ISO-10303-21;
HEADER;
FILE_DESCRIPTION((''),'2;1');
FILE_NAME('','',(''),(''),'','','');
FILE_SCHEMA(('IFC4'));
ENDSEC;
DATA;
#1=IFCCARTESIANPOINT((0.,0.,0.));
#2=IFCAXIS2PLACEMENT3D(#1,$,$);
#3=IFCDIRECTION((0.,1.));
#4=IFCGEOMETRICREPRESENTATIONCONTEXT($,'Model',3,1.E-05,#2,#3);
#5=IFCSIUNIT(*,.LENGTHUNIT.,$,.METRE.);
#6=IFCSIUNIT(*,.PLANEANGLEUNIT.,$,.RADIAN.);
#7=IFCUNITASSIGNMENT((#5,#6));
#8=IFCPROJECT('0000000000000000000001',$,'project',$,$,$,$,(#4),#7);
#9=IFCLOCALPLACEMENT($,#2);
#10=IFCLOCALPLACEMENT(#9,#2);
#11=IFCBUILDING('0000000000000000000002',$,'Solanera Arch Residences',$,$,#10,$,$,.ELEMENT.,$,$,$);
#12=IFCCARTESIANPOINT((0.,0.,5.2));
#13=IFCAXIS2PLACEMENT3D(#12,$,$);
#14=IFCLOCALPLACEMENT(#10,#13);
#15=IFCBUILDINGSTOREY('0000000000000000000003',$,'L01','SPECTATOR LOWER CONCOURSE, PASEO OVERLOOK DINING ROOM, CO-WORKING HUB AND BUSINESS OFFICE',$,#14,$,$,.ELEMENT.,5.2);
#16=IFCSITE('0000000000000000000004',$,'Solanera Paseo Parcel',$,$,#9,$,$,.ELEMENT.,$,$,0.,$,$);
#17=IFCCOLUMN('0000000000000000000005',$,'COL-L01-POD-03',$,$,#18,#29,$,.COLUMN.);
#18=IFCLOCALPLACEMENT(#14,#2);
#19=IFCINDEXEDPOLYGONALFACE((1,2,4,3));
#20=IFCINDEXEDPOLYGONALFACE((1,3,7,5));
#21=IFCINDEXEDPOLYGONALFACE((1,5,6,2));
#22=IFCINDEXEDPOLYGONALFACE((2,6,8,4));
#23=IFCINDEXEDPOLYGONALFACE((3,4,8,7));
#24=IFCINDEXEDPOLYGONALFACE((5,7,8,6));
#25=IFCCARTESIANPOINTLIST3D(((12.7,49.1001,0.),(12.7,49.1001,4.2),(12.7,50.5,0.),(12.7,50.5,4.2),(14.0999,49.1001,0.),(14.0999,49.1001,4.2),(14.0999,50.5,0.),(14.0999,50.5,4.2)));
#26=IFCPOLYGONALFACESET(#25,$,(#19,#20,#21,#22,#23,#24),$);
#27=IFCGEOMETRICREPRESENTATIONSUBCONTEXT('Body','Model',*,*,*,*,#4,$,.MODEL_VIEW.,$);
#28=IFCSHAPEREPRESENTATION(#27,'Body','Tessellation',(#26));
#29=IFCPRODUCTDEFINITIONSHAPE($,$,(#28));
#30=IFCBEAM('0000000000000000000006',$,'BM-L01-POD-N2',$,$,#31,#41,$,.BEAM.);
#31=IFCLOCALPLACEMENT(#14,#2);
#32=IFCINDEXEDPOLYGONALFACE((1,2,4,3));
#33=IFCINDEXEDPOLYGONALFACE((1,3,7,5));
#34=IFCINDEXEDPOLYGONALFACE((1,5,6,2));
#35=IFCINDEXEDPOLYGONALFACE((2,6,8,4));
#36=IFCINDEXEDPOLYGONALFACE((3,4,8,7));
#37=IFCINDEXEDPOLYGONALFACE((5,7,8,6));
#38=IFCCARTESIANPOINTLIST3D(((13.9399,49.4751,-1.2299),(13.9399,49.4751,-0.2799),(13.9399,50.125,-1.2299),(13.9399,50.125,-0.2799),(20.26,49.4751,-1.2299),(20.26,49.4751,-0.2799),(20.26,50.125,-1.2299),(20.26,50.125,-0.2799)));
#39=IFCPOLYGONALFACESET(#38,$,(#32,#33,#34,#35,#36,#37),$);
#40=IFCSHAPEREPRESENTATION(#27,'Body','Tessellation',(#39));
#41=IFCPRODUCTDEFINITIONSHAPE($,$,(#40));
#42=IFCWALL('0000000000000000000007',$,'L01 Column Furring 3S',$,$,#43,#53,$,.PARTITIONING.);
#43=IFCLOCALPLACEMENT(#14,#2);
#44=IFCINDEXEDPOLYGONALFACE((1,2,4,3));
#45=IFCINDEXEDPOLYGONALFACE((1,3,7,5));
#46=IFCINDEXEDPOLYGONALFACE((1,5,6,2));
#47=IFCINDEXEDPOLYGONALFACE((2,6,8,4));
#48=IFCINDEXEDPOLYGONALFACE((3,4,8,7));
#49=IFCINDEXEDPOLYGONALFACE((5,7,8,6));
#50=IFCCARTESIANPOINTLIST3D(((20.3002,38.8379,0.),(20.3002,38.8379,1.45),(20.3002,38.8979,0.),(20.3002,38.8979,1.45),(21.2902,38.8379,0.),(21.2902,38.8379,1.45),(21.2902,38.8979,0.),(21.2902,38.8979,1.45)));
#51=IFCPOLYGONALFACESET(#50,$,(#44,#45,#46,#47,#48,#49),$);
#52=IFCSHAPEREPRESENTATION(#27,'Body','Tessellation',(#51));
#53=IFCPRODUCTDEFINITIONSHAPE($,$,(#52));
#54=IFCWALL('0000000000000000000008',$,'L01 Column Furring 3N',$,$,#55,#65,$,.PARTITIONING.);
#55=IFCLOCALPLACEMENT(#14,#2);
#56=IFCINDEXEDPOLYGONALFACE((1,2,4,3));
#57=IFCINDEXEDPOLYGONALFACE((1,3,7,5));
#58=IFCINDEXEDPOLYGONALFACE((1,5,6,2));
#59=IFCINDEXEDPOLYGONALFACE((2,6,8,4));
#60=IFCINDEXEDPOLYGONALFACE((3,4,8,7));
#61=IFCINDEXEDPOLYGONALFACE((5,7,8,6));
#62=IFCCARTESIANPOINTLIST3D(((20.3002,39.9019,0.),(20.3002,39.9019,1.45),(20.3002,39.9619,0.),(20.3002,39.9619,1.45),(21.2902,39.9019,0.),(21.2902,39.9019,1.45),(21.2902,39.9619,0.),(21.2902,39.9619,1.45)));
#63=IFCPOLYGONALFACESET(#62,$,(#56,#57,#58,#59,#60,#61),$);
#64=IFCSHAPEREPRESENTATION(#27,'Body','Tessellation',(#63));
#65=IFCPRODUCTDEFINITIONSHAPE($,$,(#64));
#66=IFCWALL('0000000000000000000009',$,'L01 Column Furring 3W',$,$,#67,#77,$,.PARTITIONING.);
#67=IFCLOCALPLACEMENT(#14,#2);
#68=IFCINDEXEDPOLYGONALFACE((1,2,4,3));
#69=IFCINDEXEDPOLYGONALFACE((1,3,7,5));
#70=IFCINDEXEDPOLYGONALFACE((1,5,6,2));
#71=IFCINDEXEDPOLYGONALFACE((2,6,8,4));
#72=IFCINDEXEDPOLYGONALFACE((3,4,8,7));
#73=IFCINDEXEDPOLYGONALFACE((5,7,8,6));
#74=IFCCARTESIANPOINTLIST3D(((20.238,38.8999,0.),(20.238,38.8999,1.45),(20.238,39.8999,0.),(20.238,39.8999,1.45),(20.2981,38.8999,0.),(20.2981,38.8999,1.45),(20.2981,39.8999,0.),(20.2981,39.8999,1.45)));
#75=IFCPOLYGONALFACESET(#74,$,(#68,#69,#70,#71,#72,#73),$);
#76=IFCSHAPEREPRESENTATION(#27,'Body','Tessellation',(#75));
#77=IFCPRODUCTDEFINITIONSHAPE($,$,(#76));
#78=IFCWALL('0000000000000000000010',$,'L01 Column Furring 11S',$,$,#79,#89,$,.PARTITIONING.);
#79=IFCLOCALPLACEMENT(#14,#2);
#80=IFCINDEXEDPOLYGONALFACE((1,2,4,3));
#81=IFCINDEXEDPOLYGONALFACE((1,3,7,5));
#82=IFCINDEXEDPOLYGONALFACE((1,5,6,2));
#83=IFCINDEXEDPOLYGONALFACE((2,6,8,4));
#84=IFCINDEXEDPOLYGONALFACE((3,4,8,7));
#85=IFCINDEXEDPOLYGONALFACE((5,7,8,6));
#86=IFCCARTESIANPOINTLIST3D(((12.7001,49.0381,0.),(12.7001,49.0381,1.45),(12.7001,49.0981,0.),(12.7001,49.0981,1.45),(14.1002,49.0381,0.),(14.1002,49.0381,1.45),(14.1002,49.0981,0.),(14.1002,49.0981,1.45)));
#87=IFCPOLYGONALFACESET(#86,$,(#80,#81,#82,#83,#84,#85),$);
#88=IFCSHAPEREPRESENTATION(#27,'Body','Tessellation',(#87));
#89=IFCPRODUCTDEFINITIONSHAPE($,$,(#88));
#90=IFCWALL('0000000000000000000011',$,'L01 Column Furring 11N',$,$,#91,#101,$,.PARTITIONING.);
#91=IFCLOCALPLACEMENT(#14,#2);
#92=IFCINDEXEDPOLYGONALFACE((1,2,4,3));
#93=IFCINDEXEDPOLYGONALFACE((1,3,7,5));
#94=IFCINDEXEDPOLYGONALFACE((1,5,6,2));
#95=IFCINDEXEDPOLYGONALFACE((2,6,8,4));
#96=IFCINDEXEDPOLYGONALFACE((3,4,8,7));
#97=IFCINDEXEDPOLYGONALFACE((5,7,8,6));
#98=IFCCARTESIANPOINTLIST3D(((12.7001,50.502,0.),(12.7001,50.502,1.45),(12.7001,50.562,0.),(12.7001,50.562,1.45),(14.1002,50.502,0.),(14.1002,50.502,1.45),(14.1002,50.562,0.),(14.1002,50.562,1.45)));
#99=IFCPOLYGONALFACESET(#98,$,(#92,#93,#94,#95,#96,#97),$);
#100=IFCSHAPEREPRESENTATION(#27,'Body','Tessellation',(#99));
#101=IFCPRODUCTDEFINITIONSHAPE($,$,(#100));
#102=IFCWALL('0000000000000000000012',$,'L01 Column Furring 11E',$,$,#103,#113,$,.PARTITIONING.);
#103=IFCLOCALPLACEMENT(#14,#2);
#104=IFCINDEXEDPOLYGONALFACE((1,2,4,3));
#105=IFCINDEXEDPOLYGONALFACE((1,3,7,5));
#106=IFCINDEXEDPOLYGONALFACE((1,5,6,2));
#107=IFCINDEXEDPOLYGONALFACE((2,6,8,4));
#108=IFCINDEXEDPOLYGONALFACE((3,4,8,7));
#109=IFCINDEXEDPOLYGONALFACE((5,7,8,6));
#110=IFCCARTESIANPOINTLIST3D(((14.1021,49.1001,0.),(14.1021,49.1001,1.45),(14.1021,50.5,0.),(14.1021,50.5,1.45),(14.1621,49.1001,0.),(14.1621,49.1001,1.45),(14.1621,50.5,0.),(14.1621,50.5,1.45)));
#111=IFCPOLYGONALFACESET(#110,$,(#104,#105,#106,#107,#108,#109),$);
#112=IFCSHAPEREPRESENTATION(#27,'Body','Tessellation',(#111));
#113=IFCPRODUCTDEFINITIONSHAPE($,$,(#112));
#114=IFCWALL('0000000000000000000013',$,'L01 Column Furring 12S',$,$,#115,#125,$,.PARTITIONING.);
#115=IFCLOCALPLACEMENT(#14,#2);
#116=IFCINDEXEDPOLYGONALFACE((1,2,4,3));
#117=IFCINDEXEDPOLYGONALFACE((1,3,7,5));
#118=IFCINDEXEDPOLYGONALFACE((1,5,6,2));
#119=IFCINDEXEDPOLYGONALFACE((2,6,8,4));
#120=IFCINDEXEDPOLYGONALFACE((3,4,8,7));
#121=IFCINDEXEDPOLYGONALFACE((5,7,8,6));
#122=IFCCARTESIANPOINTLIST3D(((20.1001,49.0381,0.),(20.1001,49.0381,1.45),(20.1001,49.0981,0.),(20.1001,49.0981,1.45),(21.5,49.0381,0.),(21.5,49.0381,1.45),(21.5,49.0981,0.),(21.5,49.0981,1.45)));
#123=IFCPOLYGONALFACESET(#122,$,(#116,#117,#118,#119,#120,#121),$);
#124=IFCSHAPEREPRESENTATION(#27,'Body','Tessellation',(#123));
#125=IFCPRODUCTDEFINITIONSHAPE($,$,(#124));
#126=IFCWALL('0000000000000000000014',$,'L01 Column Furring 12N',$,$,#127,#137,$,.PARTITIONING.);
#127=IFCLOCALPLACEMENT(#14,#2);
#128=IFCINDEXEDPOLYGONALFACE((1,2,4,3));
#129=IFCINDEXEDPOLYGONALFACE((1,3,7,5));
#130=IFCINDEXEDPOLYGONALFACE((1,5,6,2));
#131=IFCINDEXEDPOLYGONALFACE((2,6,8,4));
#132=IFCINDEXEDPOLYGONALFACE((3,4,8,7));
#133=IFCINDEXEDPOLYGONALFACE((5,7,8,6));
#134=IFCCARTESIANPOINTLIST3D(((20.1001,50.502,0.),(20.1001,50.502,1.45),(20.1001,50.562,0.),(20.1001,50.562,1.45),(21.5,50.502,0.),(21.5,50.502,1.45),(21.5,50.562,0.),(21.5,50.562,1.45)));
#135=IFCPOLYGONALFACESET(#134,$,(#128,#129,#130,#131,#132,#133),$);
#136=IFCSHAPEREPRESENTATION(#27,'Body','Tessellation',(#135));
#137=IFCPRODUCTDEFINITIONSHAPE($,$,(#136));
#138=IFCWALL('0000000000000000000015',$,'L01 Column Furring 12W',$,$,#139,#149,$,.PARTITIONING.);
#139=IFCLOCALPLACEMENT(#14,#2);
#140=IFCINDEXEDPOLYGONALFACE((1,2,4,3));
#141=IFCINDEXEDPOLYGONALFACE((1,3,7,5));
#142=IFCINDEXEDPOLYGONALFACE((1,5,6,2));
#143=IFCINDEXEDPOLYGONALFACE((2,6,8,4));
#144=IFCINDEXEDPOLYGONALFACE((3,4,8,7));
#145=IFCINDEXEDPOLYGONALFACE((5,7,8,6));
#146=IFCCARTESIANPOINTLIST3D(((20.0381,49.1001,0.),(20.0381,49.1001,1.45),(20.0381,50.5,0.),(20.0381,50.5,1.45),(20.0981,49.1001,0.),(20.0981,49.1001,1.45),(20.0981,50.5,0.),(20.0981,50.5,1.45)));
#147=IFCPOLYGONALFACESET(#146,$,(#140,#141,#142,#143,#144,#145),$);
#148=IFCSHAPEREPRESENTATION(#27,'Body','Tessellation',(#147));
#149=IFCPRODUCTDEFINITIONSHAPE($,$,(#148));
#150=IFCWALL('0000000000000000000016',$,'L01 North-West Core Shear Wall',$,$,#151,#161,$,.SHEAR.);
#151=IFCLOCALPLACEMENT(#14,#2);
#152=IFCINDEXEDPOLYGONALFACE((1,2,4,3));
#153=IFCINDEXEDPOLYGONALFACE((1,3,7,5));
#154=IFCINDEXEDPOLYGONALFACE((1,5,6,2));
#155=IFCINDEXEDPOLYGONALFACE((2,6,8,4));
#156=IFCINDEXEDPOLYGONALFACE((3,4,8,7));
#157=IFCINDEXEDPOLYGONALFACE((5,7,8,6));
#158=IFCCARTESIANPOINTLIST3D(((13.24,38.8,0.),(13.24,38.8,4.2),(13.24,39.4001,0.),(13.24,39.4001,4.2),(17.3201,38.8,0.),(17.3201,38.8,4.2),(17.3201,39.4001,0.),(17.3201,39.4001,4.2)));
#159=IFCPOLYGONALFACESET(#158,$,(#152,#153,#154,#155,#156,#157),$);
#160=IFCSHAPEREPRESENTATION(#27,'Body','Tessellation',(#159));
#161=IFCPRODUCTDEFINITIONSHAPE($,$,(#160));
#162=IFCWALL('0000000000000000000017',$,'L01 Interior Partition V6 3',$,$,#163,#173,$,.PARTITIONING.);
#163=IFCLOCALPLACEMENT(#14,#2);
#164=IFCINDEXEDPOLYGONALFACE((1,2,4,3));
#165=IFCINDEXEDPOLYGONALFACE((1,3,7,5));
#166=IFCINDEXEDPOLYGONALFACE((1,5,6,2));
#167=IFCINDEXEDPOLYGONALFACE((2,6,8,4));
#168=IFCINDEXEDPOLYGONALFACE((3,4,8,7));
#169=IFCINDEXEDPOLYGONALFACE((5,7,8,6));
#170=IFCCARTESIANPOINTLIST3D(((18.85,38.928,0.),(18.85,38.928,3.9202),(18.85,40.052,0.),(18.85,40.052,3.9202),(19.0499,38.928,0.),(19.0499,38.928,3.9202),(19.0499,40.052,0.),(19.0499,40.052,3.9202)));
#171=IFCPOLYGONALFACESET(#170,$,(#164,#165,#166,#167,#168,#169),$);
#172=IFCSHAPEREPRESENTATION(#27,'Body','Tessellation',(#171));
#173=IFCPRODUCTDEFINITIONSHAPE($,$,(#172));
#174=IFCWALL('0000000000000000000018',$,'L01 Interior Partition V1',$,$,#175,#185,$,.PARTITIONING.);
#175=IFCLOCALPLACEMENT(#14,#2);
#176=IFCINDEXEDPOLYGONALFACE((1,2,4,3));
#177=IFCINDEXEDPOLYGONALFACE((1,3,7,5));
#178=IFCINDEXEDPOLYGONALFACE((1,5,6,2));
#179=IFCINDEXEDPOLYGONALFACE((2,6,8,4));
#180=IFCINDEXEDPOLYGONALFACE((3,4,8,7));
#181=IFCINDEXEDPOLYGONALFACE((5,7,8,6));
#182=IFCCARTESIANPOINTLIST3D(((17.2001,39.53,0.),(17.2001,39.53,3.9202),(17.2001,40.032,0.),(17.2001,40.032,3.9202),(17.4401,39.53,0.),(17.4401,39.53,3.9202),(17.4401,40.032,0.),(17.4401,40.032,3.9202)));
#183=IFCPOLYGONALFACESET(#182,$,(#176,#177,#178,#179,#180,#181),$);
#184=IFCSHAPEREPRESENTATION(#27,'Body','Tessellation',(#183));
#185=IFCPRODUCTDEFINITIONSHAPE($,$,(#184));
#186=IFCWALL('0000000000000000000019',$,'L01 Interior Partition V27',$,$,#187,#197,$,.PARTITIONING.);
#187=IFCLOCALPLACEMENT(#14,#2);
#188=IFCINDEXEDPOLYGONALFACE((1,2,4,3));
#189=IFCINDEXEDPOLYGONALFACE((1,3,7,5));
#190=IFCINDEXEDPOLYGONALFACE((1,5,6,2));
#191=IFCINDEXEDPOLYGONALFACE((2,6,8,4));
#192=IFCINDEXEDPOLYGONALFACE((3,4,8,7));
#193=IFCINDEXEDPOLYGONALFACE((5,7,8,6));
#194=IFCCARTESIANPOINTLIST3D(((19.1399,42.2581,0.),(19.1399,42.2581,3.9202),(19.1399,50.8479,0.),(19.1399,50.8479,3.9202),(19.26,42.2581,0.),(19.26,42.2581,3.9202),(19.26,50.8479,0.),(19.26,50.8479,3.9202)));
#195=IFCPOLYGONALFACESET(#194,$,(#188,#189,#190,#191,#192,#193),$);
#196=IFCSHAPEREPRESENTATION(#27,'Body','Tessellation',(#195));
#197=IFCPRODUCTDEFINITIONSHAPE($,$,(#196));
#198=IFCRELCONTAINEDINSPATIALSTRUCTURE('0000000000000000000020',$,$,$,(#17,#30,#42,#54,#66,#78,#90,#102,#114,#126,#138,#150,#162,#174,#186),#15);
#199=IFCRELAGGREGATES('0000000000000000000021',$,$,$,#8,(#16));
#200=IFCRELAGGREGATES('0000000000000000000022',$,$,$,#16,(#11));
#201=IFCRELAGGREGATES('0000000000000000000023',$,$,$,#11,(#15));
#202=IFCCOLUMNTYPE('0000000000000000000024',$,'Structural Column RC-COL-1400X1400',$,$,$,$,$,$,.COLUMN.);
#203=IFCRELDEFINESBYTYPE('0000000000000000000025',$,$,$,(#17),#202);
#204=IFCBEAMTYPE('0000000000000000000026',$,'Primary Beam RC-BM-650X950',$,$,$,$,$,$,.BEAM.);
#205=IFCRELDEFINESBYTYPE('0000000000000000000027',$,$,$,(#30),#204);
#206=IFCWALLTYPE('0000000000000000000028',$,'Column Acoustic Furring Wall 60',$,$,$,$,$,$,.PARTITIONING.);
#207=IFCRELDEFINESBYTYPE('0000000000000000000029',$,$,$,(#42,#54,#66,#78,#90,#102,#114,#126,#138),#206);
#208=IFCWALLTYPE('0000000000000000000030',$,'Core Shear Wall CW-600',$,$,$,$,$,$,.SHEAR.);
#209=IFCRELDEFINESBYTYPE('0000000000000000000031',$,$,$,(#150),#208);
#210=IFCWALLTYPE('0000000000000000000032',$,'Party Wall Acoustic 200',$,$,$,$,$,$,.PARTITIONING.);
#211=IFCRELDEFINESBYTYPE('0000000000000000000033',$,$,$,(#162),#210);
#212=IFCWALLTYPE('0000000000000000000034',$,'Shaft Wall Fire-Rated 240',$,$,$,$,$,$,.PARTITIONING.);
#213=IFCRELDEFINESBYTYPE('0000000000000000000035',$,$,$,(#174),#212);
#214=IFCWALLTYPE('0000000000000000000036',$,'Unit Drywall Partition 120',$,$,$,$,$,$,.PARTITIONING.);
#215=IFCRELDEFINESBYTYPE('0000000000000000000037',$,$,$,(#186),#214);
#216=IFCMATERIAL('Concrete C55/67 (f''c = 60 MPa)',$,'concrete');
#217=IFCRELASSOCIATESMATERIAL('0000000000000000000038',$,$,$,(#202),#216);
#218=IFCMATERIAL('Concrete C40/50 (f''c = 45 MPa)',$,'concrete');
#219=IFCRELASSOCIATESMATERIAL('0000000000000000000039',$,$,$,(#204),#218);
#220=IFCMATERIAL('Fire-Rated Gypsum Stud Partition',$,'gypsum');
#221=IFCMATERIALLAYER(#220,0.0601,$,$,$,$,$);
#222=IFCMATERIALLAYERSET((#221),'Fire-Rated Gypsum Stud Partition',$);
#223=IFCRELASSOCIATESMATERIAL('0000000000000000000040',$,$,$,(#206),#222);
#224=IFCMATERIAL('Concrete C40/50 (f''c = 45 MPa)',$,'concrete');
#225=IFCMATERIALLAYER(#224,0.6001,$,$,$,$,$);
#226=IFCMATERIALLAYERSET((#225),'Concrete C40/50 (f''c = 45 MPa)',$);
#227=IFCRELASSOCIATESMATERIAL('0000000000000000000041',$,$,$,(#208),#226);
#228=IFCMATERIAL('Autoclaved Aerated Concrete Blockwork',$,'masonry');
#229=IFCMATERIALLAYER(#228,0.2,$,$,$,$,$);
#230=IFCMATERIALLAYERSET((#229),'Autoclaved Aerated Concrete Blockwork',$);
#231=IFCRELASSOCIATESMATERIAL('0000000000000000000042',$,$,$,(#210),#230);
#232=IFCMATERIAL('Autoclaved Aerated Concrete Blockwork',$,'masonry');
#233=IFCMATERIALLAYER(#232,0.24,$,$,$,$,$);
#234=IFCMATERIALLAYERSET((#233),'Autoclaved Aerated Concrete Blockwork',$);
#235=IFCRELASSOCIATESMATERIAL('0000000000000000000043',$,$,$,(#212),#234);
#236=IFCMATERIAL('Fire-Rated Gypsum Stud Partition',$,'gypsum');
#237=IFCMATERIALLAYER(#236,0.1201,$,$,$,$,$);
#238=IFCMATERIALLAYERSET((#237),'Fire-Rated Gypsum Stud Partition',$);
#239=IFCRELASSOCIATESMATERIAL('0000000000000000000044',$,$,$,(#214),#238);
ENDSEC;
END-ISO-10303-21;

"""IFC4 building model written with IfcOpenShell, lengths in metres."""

from ifc_helpers import new_model, si_unit, direction, frame, frame_2d, origin, origin_2d, place, context, subcontext, project, spatial, rectangle, extrude, material, layer, layer_set, material_profile, profile_set, type_object, element, save


model = new_model("IFC4")

# Units and contexts
model_context = context("Model", 3, precision=1e-05, world=origin(), true_north=direction((0.0, 1.0)))
body_context = subcontext(model_context, "Body", "Model", "MODEL_VIEW")
ifc_project = project(units=[si_unit("LENGTHUNIT", "METRE"), si_unit("PLANEANGLEUNIT", "RADIAN")], contexts=[model_context])

# Site, building, storey
site_placement = place(None, origin())
site = spatial("IfcSite", under=ifc_project, at=site_placement, Name="Solanera Paseo Parcel", CompositionType="ELEMENT", RefElevation=0.0)
building_placement = place(site_placement, origin())
building = spatial("IfcBuilding", under=site, at=building_placement, Name="Solanera Arch Residences", CompositionType="ELEMENT")
storey_placement = place(building_placement, frame((0.0, 0.0, 5.2)))
storey = spatial("IfcBuildingStorey", under=building, at=storey_placement, Name="L01", Description="SPECTATOR LOWER CONCOURSE, PASEO OVERLOOK DINING ROOM, CO-WORKING HUB AND BUSINESS OFFICE", CompositionType="ELEMENT", Elevation=5.2)

# Column
ifc_material_1 = material(Name="Concrete C55/67 (f'c = 60 MPa)", Category="concrete")
ifc_material_profile_1 = material_profile(ifc_material_1, rectangle(XDim=1.3999, YDim=1.3999, at=origin_2d()))
ifc_profile_set_1 = profile_set([ifc_material_profile_1], Name="Concrete C55/67 (f'c = 60 MPa)")
column_type = type_object("IfcColumnType", Name="Structural Column RC-COL-1400X1400", PredefinedType="COLUMN", material=ifc_profile_set_1)
column_placement = place(storey_placement, frame((13.3999, 49.8, 0.0), z_axis=(0.0, 0.0, 1.0), x_axis=(1.0, 0.0, 0.0)))
element("IfcColumn", 1, at=column_placement, inside=storey, type_object=column_type, Name="COL-L01-POD-03", PredefinedType="COLUMN", context=body_context, shape_type="SweptSolid", body=[
    extrude(rectangle(XDim=1.3999, YDim=1.3999, at=origin_2d()), origin(), (0.0, 0.0, 1.0), 4.2),
])

# Beam
ifc_material_2 = material(Name="Concrete C40/50 (f'c = 45 MPa)", Category="concrete")
ifc_material_profile_2 = material_profile(ifc_material_2, rectangle(XDim=0.6499, YDim=0.95, at=origin_2d()))
ifc_profile_set_2 = profile_set([ifc_material_profile_2], Name="Concrete C40/50 (f'c = 45 MPa)")
beam_type = type_object("IfcBeamType", Name="Primary Beam RC-BM-650X950", PredefinedType="BEAM", material=ifc_profile_set_2)
beam_placement = place(storey_placement, frame((13.9399, 49.8, -0.7549), z_axis=(1.0, 0.0, 0.0), x_axis=(0.0, 1.0, 0.0)))
element("IfcBeam", 2, at=beam_placement, inside=storey, type_object=beam_type, Name="BM-L01-POD-N2", PredefinedType="BEAM", context=body_context, shape_type="SweptSolid", body=[
    extrude(rectangle(XDim=0.6499, YDim=0.95, at=origin_2d()), origin(), (0.0, 0.0, 1.0), 6.3201),
])

# Walls
ifc_material_3 = material(Name="Fire-Rated Gypsum Stud Partition", Category="gypsum")
ifc_layer_1 = layer(ifc_material_3, 0.0601)
ifc_layer_set_1 = layer_set([ifc_layer_1], Name="Fire-Rated Gypsum Stud Partition")
wall_type_1 = type_object("IfcWallType", Name="Column Acoustic Furring Wall 60", PredefinedType="PARTITIONING", material=ifc_layer_set_1)
for number, where, z_axis, x_axis, name in (
    (3, (20.3, 38.8679, 0.0), (0.0, 0.0, 1.0), (1.0, 0.0, 0.0), "L01 Column Furring 3S"),
    (4, (20.3, 39.9319, 0.0), (0.0, 0.0, 1.0), (1.0, 0.0, 0.0), "L01 Column Furring 3N"),
):
    element("IfcWall", number, at=place(storey_placement, frame(where, z_axis=z_axis, x_axis=x_axis)), inside=storey, type_object=wall_type_1, Name=name, PredefinedType="PARTITIONING", context=body_context, shape_type="SweptSolid", body=[
        extrude(rectangle(XDim=0.99, YDim=0.0601, at=frame_2d((0.4951, 0.0))), origin(), (0.0, 0.0, 1.0), 1.45),
    ])
wall_1_placement = place(storey_placement, frame((20.2681, 38.8999, 0.0), z_axis=(0.0, 0.0, 1.0), x_axis=(0.0, 1.0, 0.0)))
element("IfcWall", 5, at=wall_1_placement, inside=storey, type_object=wall_type_1, Name="L01 Column Furring 3W", PredefinedType="PARTITIONING", context=body_context, shape_type="SweptSolid", body=[
    extrude(rectangle(XDim=1.0, YDim=0.0601, at=frame_2d((0.5, 0.0))), origin(), (0.0, 0.0, 1.0), 1.45),
])
for number, where, z_axis, x_axis, name in (
    (6, (12.7, 49.0681, 0.0), (0.0, 0.0, 1.0), (1.0, 0.0, 0.0), "L01 Column Furring 11S"),
    (7, (12.7, 50.532, 0.0), (0.0, 0.0, 1.0), (1.0, 0.0, 0.0), "L01 Column Furring 11N"),
):
    element("IfcWall", number, at=place(storey_placement, frame(where, z_axis=z_axis, x_axis=x_axis)), inside=storey, type_object=wall_type_1, Name=name, PredefinedType="PARTITIONING", context=body_context, shape_type="SweptSolid", body=[
        extrude(rectangle(XDim=1.4001, YDim=0.0601, at=frame_2d((0.7002, 0.0))), origin(), (0.0, 0.0, 1.0), 1.45),
    ])
for number, where, z_axis, x_axis, name in (
    (8, (14.1321, 49.1001, 0.0), (0.0, 0.0, 1.0), (0.0, 1.0, 0.0), "L01 Column Furring 11E"),
    (9, (20.1001, 49.0681, 0.0), (0.0, 0.0, 1.0), (1.0, 0.0, 0.0), "L01 Column Furring 12S"),
    (10, (20.1001, 50.532, 0.0), (0.0, 0.0, 1.0), (1.0, 0.0, 0.0), "L01 Column Furring 12N"),
    (11, (20.0681, 49.1001, 0.0), (0.0, 0.0, 1.0), (0.0, 1.0, 0.0), "L01 Column Furring 12W"),
):
    element("IfcWall", number, at=place(storey_placement, frame(where, z_axis=z_axis, x_axis=x_axis)), inside=storey, type_object=wall_type_1, Name=name, PredefinedType="PARTITIONING", context=body_context, shape_type="SweptSolid", body=[
        extrude(rectangle(XDim=1.3999, YDim=0.0601, at=frame_2d((0.7, 0.0))), origin(), (0.0, 0.0, 1.0), 1.45),
    ])
ifc_material_4 = material(Name="Concrete C40/50 (f'c = 45 MPa)", Category="concrete")
ifc_layer_2 = layer(ifc_material_4, 0.6001)
ifc_layer_set_2 = layer_set([ifc_layer_2], Name="Concrete C40/50 (f'c = 45 MPa)")
wall_type_2 = type_object("IfcWallType", Name="Core Shear Wall CW-600", PredefinedType="SHEAR", material=ifc_layer_set_2)
wall_2_placement = place(storey_placement, frame((13.24, 39.1001, 0.0), z_axis=(0.0, 0.0, 1.0), x_axis=(1.0, 0.0, 0.0)))
element("IfcWall", 12, at=wall_2_placement, inside=storey, type_object=wall_type_2, Name="L01 North-West Core Shear Wall", PredefinedType="SHEAR", context=body_context, shape_type="SweptSolid", body=[
    extrude(rectangle(XDim=4.0801, YDim=0.6001, at=frame_2d((2.04, 0.0))), origin(), (0.0, 0.0, 1.0), 4.2),
])
ifc_material_5 = material(Name="Autoclaved Aerated Concrete Blockwork", Category="masonry")
ifc_layer_3 = layer(ifc_material_5, 0.2)
ifc_layer_set_3 = layer_set([ifc_layer_3], Name="Autoclaved Aerated Concrete Blockwork")
wall_type_3 = type_object("IfcWallType", Name="Party Wall Acoustic 200", PredefinedType="PARTITIONING", material=ifc_layer_set_3)
wall_3_placement = place(storey_placement, frame((18.95, 38.928, 0.0), z_axis=(0.0, 0.0, 1.0), x_axis=(0.0, 1.0, 0.0)))
element("IfcWall", 13, at=wall_3_placement, inside=storey, type_object=wall_type_3, Name="L01 Interior Partition V6 3", PredefinedType="PARTITIONING", context=body_context, shape_type="SweptSolid", body=[
    extrude(rectangle(XDim=1.124, YDim=0.2, at=frame_2d((0.562, 0.0))), origin(), (0.0, 0.0, 1.0), 3.9202),
])
ifc_material_6 = material(Name="Autoclaved Aerated Concrete Blockwork", Category="masonry")
ifc_layer_4 = layer(ifc_material_6, 0.24)
ifc_layer_set_4 = layer_set([ifc_layer_4], Name="Autoclaved Aerated Concrete Blockwork")
wall_type_4 = type_object("IfcWallType", Name="Shaft Wall Fire-Rated 240", PredefinedType="PARTITIONING", material=ifc_layer_set_4)
wall_4_placement = place(storey_placement, frame((17.3201, 39.53, 0.0), z_axis=(0.0, 0.0, 1.0), x_axis=(0.0, 1.0, 0.0)))
element("IfcWall", 14, at=wall_4_placement, inside=storey, type_object=wall_type_4, Name="L01 Interior Partition V1", PredefinedType="PARTITIONING", context=body_context, shape_type="SweptSolid", body=[
    extrude(rectangle(XDim=0.502, YDim=0.24, at=frame_2d((0.251, 0.0))), origin(), (0.0, 0.0, 1.0), 3.9202),
])
ifc_material_7 = material(Name="Fire-Rated Gypsum Stud Partition", Category="gypsum")
ifc_layer_5 = layer(ifc_material_7, 0.1201)
ifc_layer_set_5 = layer_set([ifc_layer_5], Name="Fire-Rated Gypsum Stud Partition")
wall_type_5 = type_object("IfcWallType", Name="Unit Drywall Partition 120", PredefinedType="PARTITIONING", material=ifc_layer_set_5)
wall_5_placement = place(storey_placement, frame((19.2, 42.2581, 0.0), z_axis=(0.0, 0.0, 1.0), x_axis=(0.0, 1.0, 0.0)))
element("IfcWall", 15, at=wall_5_placement, inside=storey, type_object=wall_type_5, Name="L01 Interior Partition V27", PredefinedType="PARTITIONING", context=body_context, shape_type="SweptSolid", body=[
    extrude(rectangle(XDim=8.5898, YDim=0.1201, at=frame_2d((4.2949, 0.0))), origin(), (0.0, 0.0, 1.0), 3.9202),
])

save(model, "model.ifc")
